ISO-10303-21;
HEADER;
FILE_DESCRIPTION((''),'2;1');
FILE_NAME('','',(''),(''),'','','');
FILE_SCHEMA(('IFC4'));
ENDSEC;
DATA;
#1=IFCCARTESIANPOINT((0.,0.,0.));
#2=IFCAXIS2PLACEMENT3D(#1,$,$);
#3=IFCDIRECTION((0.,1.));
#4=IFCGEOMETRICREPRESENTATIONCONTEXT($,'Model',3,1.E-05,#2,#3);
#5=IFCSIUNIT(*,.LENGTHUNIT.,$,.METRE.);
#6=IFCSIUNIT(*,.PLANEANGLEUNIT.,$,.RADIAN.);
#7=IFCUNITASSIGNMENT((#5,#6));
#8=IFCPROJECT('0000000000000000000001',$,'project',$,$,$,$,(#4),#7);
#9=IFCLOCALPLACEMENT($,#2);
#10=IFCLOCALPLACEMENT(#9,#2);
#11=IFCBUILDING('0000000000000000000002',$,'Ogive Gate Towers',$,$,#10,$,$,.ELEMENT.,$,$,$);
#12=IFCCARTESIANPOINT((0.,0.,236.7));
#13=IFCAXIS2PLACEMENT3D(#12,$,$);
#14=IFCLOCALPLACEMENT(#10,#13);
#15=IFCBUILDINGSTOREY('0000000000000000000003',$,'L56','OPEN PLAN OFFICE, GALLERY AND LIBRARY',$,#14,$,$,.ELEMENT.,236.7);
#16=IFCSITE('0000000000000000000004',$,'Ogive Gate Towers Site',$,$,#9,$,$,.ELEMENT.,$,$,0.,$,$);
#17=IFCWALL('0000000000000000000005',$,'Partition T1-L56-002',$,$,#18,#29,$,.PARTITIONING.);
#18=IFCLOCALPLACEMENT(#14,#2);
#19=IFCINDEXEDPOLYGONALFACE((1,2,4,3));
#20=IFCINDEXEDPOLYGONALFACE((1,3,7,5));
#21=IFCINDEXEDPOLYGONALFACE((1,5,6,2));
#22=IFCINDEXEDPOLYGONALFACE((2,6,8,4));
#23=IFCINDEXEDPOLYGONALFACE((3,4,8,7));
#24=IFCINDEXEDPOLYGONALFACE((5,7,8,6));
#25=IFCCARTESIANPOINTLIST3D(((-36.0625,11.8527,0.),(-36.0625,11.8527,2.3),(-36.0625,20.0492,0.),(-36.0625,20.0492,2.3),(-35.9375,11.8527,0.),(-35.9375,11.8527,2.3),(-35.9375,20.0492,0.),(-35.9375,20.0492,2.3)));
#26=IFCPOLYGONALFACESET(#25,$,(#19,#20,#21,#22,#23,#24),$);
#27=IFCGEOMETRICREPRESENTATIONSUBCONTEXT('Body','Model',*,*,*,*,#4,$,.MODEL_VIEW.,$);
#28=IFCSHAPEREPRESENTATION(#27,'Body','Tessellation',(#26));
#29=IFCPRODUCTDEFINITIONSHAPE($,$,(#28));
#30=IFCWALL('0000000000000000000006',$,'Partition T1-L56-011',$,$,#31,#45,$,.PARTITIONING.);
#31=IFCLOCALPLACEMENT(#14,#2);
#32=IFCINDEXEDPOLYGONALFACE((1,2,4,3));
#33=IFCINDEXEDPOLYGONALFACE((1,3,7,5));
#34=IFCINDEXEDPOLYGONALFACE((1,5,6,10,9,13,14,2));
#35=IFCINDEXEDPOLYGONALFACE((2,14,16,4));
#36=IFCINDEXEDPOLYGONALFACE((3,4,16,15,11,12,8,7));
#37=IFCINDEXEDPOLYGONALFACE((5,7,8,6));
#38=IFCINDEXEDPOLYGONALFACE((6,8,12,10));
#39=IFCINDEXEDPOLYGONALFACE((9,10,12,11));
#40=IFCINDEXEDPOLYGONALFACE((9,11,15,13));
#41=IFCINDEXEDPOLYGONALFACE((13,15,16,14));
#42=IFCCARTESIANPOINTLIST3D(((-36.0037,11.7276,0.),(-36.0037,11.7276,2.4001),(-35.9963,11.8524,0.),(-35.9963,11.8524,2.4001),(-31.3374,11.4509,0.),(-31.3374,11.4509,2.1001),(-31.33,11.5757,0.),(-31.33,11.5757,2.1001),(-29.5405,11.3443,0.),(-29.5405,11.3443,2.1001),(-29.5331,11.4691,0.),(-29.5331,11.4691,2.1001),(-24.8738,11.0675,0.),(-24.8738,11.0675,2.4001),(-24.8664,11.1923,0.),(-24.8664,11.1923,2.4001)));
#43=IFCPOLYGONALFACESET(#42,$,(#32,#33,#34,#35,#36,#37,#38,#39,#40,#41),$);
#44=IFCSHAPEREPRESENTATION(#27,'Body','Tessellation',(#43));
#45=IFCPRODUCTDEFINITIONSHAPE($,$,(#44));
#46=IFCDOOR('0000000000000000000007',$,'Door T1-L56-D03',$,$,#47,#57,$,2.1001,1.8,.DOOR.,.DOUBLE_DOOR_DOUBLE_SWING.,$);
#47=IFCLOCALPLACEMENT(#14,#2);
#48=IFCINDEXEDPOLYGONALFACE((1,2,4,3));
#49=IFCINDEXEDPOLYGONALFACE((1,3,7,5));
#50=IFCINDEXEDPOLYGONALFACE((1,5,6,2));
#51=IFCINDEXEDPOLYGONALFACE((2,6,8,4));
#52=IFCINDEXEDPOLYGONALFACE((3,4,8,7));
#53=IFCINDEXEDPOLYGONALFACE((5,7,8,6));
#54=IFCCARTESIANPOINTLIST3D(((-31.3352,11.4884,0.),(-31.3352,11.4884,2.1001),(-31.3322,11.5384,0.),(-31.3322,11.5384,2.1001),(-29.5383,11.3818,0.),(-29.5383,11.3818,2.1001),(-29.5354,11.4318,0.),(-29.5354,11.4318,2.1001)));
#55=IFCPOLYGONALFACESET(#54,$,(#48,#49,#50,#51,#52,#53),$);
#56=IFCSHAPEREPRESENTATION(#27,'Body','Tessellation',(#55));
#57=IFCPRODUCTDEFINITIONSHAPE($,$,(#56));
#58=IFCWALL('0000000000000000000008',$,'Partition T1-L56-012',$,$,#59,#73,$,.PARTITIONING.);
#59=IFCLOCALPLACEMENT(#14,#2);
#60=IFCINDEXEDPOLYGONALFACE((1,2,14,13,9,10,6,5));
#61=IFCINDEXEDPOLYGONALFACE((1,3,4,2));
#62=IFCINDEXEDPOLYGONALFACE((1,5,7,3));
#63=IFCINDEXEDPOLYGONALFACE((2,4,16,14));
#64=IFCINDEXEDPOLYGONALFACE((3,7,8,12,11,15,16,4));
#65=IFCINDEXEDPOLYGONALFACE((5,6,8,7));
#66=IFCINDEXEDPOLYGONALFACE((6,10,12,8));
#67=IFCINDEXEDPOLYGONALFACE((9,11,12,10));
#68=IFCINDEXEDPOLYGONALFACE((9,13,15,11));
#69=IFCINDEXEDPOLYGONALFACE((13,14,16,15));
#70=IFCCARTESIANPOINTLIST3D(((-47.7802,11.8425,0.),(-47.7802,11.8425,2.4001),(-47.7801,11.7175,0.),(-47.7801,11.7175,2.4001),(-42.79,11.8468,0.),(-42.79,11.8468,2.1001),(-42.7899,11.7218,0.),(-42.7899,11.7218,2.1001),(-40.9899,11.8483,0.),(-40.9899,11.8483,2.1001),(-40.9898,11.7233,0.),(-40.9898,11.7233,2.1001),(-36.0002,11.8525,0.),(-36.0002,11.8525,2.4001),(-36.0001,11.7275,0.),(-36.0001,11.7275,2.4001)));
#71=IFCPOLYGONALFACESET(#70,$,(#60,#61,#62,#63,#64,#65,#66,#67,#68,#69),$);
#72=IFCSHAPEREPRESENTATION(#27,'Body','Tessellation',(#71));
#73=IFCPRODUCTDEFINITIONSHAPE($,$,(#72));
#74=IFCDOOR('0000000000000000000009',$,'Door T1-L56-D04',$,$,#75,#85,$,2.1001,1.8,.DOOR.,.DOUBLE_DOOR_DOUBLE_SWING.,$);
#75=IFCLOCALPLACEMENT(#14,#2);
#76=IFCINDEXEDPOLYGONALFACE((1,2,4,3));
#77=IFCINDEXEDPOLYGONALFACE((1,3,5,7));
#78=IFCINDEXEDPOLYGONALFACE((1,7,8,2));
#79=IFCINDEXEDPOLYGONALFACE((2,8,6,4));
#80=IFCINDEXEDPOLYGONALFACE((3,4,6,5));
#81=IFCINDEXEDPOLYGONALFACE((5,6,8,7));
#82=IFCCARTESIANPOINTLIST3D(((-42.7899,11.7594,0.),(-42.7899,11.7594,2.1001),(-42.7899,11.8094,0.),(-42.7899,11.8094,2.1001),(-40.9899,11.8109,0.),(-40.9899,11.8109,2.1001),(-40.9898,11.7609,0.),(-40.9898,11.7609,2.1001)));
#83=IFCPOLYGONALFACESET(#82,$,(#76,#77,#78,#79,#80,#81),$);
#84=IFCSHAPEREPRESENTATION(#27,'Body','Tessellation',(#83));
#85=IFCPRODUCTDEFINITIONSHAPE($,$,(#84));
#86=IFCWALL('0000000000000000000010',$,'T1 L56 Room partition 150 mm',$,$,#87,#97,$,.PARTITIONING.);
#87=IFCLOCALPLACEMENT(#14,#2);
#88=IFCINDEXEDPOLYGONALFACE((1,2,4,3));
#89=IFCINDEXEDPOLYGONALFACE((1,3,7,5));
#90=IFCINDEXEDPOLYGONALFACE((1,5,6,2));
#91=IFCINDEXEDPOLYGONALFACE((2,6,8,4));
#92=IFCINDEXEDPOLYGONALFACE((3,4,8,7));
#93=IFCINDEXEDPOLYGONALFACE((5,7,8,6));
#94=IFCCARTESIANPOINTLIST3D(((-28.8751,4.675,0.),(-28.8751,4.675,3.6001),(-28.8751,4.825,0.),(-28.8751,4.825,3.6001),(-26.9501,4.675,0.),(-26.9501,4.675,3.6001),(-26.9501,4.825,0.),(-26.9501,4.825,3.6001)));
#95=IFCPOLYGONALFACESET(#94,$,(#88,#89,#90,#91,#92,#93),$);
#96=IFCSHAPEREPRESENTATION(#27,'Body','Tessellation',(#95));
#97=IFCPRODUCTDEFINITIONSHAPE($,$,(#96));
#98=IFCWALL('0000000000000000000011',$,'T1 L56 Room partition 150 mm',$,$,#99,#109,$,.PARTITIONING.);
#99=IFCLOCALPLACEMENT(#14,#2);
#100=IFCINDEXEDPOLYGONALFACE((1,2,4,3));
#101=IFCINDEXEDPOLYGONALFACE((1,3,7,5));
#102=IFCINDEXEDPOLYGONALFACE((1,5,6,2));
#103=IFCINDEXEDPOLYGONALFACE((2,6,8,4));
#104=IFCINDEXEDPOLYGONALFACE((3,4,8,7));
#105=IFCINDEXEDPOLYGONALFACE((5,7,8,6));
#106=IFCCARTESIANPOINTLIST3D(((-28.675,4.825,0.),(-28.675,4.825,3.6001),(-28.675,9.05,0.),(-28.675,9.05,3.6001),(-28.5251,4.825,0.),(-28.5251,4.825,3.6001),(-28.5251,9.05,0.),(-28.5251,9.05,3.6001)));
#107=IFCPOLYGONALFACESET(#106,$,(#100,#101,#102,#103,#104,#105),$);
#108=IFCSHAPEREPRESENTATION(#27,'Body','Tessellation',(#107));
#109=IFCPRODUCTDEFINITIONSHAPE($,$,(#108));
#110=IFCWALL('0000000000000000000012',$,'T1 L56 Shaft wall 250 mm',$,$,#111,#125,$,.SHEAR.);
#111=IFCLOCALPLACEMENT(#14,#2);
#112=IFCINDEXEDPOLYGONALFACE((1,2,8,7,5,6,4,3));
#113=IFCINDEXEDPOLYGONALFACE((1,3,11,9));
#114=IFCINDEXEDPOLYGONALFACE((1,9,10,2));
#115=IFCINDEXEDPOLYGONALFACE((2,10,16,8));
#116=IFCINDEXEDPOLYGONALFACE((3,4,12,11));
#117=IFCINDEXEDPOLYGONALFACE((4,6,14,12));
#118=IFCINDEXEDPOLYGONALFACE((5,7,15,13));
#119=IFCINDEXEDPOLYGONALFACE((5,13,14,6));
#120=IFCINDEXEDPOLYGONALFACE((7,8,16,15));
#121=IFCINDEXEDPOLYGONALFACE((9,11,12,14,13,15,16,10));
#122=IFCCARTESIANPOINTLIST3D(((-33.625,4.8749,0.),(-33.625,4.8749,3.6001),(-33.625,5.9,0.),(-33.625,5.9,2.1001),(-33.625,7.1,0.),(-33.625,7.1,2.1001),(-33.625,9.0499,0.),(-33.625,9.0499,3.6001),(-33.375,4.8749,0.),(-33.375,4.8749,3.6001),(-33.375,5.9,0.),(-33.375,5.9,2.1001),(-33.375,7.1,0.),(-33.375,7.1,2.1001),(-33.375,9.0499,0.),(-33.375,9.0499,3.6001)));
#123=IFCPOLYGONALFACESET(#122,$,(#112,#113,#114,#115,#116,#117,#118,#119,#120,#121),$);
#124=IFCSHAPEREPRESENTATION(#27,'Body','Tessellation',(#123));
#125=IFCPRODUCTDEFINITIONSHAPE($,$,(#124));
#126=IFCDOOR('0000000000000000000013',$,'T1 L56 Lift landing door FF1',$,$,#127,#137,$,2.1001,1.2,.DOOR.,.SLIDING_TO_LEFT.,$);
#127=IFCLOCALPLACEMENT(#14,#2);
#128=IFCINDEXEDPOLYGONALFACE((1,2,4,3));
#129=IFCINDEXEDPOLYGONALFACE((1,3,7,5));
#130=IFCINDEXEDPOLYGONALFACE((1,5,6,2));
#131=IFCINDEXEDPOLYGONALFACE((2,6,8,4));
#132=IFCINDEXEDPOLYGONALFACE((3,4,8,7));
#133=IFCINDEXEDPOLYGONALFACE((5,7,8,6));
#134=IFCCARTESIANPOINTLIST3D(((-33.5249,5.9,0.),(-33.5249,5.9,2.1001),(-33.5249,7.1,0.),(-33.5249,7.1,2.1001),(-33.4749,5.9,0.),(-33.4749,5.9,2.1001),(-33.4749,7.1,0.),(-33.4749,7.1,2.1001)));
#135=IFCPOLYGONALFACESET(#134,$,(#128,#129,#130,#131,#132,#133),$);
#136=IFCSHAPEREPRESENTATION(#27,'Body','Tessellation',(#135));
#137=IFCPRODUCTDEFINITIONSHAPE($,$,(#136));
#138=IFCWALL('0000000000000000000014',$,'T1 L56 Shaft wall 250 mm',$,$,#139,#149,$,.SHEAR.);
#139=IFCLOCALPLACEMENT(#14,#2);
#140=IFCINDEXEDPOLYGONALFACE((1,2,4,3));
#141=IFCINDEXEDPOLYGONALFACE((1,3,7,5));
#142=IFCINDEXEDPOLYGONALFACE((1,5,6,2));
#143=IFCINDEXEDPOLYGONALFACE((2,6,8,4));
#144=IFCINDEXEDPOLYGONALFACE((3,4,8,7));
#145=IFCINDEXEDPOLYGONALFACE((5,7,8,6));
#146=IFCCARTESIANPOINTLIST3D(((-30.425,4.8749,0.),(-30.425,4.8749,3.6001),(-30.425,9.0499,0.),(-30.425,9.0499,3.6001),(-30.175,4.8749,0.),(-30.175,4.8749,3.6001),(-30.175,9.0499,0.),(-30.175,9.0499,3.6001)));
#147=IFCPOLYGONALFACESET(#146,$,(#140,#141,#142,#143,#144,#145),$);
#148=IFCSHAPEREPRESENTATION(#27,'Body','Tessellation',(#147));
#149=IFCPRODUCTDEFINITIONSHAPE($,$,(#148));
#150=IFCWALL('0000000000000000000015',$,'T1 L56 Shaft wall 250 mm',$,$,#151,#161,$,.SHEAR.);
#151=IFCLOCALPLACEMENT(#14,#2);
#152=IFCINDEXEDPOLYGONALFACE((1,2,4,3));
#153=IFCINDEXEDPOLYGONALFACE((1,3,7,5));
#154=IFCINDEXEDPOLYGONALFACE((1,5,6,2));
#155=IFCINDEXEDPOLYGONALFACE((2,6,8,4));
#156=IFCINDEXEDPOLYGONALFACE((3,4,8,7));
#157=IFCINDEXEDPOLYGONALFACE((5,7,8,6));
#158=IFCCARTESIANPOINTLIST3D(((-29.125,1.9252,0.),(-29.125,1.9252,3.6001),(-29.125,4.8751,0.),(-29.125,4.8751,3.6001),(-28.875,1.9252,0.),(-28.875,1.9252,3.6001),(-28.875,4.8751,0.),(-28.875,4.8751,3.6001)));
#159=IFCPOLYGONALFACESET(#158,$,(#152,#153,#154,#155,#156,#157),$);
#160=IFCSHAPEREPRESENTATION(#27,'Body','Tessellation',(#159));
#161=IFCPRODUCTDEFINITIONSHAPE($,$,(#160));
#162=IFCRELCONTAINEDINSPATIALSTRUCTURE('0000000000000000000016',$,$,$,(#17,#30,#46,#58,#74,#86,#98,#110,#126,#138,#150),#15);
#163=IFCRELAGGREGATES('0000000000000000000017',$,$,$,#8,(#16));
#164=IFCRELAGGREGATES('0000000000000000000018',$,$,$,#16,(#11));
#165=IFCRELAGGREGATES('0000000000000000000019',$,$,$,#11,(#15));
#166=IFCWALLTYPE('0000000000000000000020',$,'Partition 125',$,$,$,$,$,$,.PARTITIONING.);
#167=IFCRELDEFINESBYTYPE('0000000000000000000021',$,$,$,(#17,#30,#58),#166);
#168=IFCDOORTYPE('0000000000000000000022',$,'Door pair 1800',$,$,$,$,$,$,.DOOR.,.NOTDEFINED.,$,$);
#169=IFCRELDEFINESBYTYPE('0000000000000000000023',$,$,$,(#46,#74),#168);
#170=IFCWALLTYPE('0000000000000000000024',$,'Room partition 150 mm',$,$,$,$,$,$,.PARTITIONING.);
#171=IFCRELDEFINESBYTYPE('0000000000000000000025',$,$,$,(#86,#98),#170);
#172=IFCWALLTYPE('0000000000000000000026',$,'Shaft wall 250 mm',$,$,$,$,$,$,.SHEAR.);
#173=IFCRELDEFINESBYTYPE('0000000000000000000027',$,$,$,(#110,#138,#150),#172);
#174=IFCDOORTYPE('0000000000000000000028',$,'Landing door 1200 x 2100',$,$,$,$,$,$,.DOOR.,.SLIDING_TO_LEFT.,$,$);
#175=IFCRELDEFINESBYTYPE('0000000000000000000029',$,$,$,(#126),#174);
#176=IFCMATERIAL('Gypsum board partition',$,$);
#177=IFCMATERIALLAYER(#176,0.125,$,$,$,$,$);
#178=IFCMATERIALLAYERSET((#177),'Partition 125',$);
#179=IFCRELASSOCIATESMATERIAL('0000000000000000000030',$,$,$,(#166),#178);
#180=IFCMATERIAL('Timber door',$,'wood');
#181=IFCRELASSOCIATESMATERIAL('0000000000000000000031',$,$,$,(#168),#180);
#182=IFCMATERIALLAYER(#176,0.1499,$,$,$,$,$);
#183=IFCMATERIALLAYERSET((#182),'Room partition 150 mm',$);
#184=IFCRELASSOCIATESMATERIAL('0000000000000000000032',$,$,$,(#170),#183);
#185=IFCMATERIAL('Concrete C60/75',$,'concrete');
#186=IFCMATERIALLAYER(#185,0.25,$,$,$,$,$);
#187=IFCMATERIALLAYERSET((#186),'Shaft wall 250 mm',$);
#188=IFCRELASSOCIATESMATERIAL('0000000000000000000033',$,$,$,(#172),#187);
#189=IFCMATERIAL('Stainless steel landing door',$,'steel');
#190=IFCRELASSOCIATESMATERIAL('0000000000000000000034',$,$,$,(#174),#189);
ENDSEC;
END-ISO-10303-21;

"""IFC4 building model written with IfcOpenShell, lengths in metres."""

from ifc_helpers import new_model, si_unit, direction, frame, frame_2d, origin, place, context, subcontext, project, spatial, rectangle, extrude, material, layer, layer_set, type_object, element, fill, save


model = new_model("IFC4")

# Units and contexts
model_context = context("Model", 3, precision=1e-05, world=origin(), true_north=direction((0.0, 1.0)))
body_context = subcontext(model_context, "Body", "Model", "MODEL_VIEW")
ifc_project = project(units=[si_unit("LENGTHUNIT", "METRE"), si_unit("PLANEANGLEUNIT", "RADIAN")], contexts=[model_context])

# Site, building, storey
site_placement = place(None, origin())
site = spatial("IfcSite", under=ifc_project, at=site_placement, Name="Ogive Gate Towers Site", CompositionType="ELEMENT", RefElevation=0.0)
building_placement = place(site_placement, origin())
building = spatial("IfcBuilding", under=site, at=building_placement, Name="Ogive Gate Towers", CompositionType="ELEMENT")
storey_placement = place(building_placement, frame((0.0, 0.0, 236.7)))
storey = spatial("IfcBuildingStorey", under=building, at=storey_placement, Name="L56", Description="OPEN PLAN OFFICE, GALLERY AND LIBRARY", CompositionType="ELEMENT", Elevation=236.7)

# Wall
ifc_material_1 = material(Name="Gypsum board partition")
ifc_layer_1 = layer(ifc_material_1, 0.125)
ifc_layer_set_1 = layer_set([ifc_layer_1], Name="Partition 125")
wall_type_1 = type_object("IfcWallType", Name="Partition 125", PredefinedType="PARTITIONING", material=ifc_layer_set_1)
wall_1_placement = place(storey_placement, frame((-36.0, 20.0491, 0.0), z_axis=(0.0, 0.0, 1.0), x_axis=(0.0, -1.0, 0.0)))
element("IfcWall", 1, at=wall_1_placement, inside=storey, type_object=wall_type_1, Name="Partition T1-L56-002", PredefinedType="PARTITIONING", context=body_context, shape_type="SweptSolid", body=[
    extrude(rectangle(XDim=8.1965, YDim=0.125, at=frame_2d((4.0981, 0.0))), origin(), (0.0, 0.0, 1.0), 2.3),
])

# Walls, openings, doors
wall_2_placement = place(storey_placement, frame((-24.8701, 11.1299, 0.0), z_axis=(0.0, 0.0, 1.0), x_axis=(-0.998246, 0.05921, 0.0)))
wall_2 = element("IfcWall", 2, at=wall_2_placement, inside=storey, type_object=wall_type_1, Name="Partition T1-L56-011", PredefinedType="PARTITIONING", context=body_context, shape_type="SweptSolid", body=[
    extrude(rectangle(XDim=11.1494, YDim=0.125, at=frame_2d((5.5747, 0.0))), origin(), (0.0, 0.0, 1.0), 2.4001),
])
opening_1_placement = place(wall_2_placement, frame((4.675, 0.0, 0.0)))
opening_1 = element("IfcOpeningElement", 3, at=opening_1_placement, cuts=wall_2, PredefinedType="OPENING", context=body_context, shape_type="SweptSolid", body=[
    extrude(rectangle(XDim=1.8, YDim=2.1001, at=frame_2d((0.8999, 1.05))), frame((0.0, 0.0725, 0.0), z_axis=(0.0, -1.0, 0.0), x_axis=(1.0, 0.0, 0.0)), (0.0, 0.0, 1.0), 0.145),
])
ifc_material_2 = material(Name="Timber door", Category="wood")
door_type_1 = type_object("IfcDoorType", Name="Door pair 1800", OperationType="NOTDEFINED", PredefinedType="DOOR", material=ifc_material_2)
door_1_placement = place(opening_1_placement, origin())
door_1 = element("IfcDoor", 4, at=door_1_placement, inside=storey, type_object=door_type_1, Name="Door T1-L56-D03", OperationType="DOUBLE_DOOR_DOUBLE_SWING", OverallHeight=2.1001, OverallWidth=1.8, PredefinedType="DOOR", context=body_context, shape_type="SweptSolid", body=[
    extrude(rectangle(XDim=1.8, YDim=2.1001, at=frame_2d((0.8999, 1.05))), frame((0.0, 0.0249, 0.0), z_axis=(0.0, -1.0, 0.0), x_axis=(1.0, 0.0, 0.0)), (0.0, 0.0, 1.0), 0.05),
])
fill(opening_1, door_1)
wall_3_placement = place(storey_placement, frame((-36.0, 11.79, 0.0), z_axis=(0.0, 0.0, 1.0), x_axis=(-1.0, -0.00085, 0.0)))
wall_3 = element("IfcWall", 5, at=wall_3_placement, inside=storey, type_object=wall_type_1, Name="Partition T1-L56-012", PredefinedType="PARTITIONING", context=body_context, shape_type="SweptSolid", body=[
    extrude(rectangle(XDim=11.78, YDim=0.125, at=frame_2d((5.8901, 0.0))), origin(), (0.0, 0.0, 1.0), 2.4001),
])
opening_2_placement = place(wall_3_placement, frame((4.99, 0.0, 0.0)))
opening_2 = element("IfcOpeningElement", 6, at=opening_2_placement, cuts=wall_3, PredefinedType="OPENING", context=body_context, shape_type="SweptSolid", body=[
    extrude(rectangle(XDim=1.8, YDim=2.1001, at=frame_2d((0.8999, 1.05))), frame((0.0, 0.0725, 0.0), z_axis=(0.0, -1.0, 0.0), x_axis=(1.0, 0.0, 0.0)), (0.0, 0.0, 1.0), 0.145),
])
door_2_placement = place(opening_2_placement, origin())
door_2 = element("IfcDoor", 7, at=door_2_placement, inside=storey, type_object=door_type_1, Name="Door T1-L56-D04", OperationType="DOUBLE_DOOR_DOUBLE_SWING", OverallHeight=2.1001, OverallWidth=1.8, PredefinedType="DOOR", context=body_context, shape_type="SweptSolid", body=[
    extrude(rectangle(XDim=1.8, YDim=2.1001, at=frame_2d((0.8999, 1.05))), frame((0.0, 0.0249, 0.0), z_axis=(0.0, -1.0, 0.0), x_axis=(1.0, 0.0, 0.0)), (0.0, 0.0, 1.0), 0.05),
])
fill(opening_2, door_2)

# Walls
ifc_layer_2 = layer(ifc_material_1, 0.1499)
ifc_layer_set_2 = layer_set([ifc_layer_2], Name="Room partition 150 mm")
wall_type_2 = type_object("IfcWallType", Name="Room partition 150 mm", PredefinedType="PARTITIONING", material=ifc_layer_set_2)
wall_4_placement = place(storey_placement, frame((-28.875, 4.75, 0.0), z_axis=(0.0, 0.0, 1.0), x_axis=(1.0, 0.0, 0.0)))
element("IfcWall", 8, at=wall_4_placement, inside=storey, type_object=wall_type_2, Name="T1 L56 Room partition 150 mm", PredefinedType="PARTITIONING", context=body_context, shape_type="SweptSolid", body=[
    extrude(rectangle(XDim=1.925, YDim=0.1499, at=frame_2d((0.9624, 0.0))), origin(), (0.0, 0.0, 1.0), 3.6001),
])
wall_5_placement = place(storey_placement, frame((-28.6001, 4.825, 0.0), z_axis=(0.0, 0.0, 1.0), x_axis=(0.0, 1.0, 0.0)))
element("IfcWall", 9, at=wall_5_placement, inside=storey, type_object=wall_type_2, Name="T1 L56 Room partition 150 mm", PredefinedType="PARTITIONING", context=body_context, shape_type="SweptSolid", body=[
    extrude(rectangle(XDim=4.2251, YDim=0.1499, at=frame_2d((2.1125, 0.0))), origin(), (0.0, 0.0, 1.0), 3.6001),
])

# Wall, opening, door
ifc_material_3 = material(Name="Concrete C60/75", Category="concrete")
ifc_layer_3 = layer(ifc_material_3, 0.25)
ifc_layer_set_3 = layer_set([ifc_layer_3], Name="Shaft wall 250 mm")
wall_type_3 = type_object("IfcWallType", Name="Shaft wall 250 mm", PredefinedType="SHEAR", material=ifc_layer_set_3)
wall_6_placement = place(storey_placement, frame((-33.5, 4.875, 0.0), z_axis=(0.0, 0.0, 1.0), x_axis=(0.0, 1.0, 0.0)))
wall_6 = element("IfcWall", 10, at=wall_6_placement, inside=storey, type_object=wall_type_3, Name="T1 L56 Shaft wall 250 mm", PredefinedType="SHEAR", context=body_context, shape_type="SweptSolid", body=[
    extrude(rectangle(XDim=4.175, YDim=0.25, at=frame_2d((2.0874, 0.0))), origin(), (0.0, 0.0, 1.0), 3.6001),
])
opening_3_placement = place(wall_6_placement, frame((1.0249, 0.0, 0.0)))
opening_3 = element("IfcOpeningElement", 11, at=opening_3_placement, cuts=wall_6, PredefinedType="OPENING", context=body_context, shape_type="SweptSolid", body=[
    extrude(rectangle(XDim=1.2, YDim=2.1001, at=frame_2d((0.6001, 1.05))), frame((0.0, 0.135, 0.0), z_axis=(0.0, -1.0, 0.0), x_axis=(1.0, 0.0, 0.0)), (0.0, 0.0, 1.0), 0.27),
])
ifc_material_4 = material(Name="Stainless steel landing door", Category="steel")
door_type_2 = type_object("IfcDoorType", Name="Landing door 1200 x 2100", OperationType="SLIDING_TO_LEFT", PredefinedType="DOOR", material=ifc_material_4)
door_3_placement = place(opening_3_placement, origin())
door_3 = element("IfcDoor", 12, at=door_3_placement, inside=storey, type_object=door_type_2, Name="T1 L56 Lift landing door FF1", OperationType="SLIDING_TO_LEFT", OverallHeight=2.1001, OverallWidth=1.2, PredefinedType="DOOR", context=body_context, shape_type="SweptSolid", body=[
    extrude(rectangle(XDim=1.2, YDim=2.1001, at=frame_2d((0.6001, 1.05))), frame((0.0, 0.0249, 0.0), z_axis=(0.0, -1.0, 0.0), x_axis=(1.0, 0.0, 0.0)), (0.0, 0.0, 1.0), 0.05),
])
fill(opening_3, door_3)

# Walls
wall_7_placement = place(storey_placement, frame((-30.3, 4.875, 0.0), z_axis=(0.0, 0.0, 1.0), x_axis=(0.0, 1.0, 0.0)))
element("IfcWall", 13, at=wall_7_placement, inside=storey, type_object=wall_type_3, Name="T1 L56 Shaft wall 250 mm", PredefinedType="SHEAR", context=body_context, shape_type="SweptSolid", body=[
    extrude(rectangle(XDim=4.175, YDim=0.25, at=frame_2d((2.0874, 0.0))), origin(), (0.0, 0.0, 1.0), 3.6001),
])
wall_8_placement = place(storey_placement, frame((-29.0, 1.925, 0.0), z_axis=(0.0, 0.0, 1.0), x_axis=(0.0, 1.0, 0.0)))
element("IfcWall", 14, at=wall_8_placement, inside=storey, type_object=wall_type_3, Name="T1 L56 Shaft wall 250 mm", PredefinedType="SHEAR", context=body_context, shape_type="SweptSolid", body=[
    extrude(rectangle(XDim=2.95, YDim=0.25, at=frame_2d((1.4751, 0.0))), origin(), (0.0, 0.0, 1.0), 3.6001),
])

save(model, "model.ifc")
